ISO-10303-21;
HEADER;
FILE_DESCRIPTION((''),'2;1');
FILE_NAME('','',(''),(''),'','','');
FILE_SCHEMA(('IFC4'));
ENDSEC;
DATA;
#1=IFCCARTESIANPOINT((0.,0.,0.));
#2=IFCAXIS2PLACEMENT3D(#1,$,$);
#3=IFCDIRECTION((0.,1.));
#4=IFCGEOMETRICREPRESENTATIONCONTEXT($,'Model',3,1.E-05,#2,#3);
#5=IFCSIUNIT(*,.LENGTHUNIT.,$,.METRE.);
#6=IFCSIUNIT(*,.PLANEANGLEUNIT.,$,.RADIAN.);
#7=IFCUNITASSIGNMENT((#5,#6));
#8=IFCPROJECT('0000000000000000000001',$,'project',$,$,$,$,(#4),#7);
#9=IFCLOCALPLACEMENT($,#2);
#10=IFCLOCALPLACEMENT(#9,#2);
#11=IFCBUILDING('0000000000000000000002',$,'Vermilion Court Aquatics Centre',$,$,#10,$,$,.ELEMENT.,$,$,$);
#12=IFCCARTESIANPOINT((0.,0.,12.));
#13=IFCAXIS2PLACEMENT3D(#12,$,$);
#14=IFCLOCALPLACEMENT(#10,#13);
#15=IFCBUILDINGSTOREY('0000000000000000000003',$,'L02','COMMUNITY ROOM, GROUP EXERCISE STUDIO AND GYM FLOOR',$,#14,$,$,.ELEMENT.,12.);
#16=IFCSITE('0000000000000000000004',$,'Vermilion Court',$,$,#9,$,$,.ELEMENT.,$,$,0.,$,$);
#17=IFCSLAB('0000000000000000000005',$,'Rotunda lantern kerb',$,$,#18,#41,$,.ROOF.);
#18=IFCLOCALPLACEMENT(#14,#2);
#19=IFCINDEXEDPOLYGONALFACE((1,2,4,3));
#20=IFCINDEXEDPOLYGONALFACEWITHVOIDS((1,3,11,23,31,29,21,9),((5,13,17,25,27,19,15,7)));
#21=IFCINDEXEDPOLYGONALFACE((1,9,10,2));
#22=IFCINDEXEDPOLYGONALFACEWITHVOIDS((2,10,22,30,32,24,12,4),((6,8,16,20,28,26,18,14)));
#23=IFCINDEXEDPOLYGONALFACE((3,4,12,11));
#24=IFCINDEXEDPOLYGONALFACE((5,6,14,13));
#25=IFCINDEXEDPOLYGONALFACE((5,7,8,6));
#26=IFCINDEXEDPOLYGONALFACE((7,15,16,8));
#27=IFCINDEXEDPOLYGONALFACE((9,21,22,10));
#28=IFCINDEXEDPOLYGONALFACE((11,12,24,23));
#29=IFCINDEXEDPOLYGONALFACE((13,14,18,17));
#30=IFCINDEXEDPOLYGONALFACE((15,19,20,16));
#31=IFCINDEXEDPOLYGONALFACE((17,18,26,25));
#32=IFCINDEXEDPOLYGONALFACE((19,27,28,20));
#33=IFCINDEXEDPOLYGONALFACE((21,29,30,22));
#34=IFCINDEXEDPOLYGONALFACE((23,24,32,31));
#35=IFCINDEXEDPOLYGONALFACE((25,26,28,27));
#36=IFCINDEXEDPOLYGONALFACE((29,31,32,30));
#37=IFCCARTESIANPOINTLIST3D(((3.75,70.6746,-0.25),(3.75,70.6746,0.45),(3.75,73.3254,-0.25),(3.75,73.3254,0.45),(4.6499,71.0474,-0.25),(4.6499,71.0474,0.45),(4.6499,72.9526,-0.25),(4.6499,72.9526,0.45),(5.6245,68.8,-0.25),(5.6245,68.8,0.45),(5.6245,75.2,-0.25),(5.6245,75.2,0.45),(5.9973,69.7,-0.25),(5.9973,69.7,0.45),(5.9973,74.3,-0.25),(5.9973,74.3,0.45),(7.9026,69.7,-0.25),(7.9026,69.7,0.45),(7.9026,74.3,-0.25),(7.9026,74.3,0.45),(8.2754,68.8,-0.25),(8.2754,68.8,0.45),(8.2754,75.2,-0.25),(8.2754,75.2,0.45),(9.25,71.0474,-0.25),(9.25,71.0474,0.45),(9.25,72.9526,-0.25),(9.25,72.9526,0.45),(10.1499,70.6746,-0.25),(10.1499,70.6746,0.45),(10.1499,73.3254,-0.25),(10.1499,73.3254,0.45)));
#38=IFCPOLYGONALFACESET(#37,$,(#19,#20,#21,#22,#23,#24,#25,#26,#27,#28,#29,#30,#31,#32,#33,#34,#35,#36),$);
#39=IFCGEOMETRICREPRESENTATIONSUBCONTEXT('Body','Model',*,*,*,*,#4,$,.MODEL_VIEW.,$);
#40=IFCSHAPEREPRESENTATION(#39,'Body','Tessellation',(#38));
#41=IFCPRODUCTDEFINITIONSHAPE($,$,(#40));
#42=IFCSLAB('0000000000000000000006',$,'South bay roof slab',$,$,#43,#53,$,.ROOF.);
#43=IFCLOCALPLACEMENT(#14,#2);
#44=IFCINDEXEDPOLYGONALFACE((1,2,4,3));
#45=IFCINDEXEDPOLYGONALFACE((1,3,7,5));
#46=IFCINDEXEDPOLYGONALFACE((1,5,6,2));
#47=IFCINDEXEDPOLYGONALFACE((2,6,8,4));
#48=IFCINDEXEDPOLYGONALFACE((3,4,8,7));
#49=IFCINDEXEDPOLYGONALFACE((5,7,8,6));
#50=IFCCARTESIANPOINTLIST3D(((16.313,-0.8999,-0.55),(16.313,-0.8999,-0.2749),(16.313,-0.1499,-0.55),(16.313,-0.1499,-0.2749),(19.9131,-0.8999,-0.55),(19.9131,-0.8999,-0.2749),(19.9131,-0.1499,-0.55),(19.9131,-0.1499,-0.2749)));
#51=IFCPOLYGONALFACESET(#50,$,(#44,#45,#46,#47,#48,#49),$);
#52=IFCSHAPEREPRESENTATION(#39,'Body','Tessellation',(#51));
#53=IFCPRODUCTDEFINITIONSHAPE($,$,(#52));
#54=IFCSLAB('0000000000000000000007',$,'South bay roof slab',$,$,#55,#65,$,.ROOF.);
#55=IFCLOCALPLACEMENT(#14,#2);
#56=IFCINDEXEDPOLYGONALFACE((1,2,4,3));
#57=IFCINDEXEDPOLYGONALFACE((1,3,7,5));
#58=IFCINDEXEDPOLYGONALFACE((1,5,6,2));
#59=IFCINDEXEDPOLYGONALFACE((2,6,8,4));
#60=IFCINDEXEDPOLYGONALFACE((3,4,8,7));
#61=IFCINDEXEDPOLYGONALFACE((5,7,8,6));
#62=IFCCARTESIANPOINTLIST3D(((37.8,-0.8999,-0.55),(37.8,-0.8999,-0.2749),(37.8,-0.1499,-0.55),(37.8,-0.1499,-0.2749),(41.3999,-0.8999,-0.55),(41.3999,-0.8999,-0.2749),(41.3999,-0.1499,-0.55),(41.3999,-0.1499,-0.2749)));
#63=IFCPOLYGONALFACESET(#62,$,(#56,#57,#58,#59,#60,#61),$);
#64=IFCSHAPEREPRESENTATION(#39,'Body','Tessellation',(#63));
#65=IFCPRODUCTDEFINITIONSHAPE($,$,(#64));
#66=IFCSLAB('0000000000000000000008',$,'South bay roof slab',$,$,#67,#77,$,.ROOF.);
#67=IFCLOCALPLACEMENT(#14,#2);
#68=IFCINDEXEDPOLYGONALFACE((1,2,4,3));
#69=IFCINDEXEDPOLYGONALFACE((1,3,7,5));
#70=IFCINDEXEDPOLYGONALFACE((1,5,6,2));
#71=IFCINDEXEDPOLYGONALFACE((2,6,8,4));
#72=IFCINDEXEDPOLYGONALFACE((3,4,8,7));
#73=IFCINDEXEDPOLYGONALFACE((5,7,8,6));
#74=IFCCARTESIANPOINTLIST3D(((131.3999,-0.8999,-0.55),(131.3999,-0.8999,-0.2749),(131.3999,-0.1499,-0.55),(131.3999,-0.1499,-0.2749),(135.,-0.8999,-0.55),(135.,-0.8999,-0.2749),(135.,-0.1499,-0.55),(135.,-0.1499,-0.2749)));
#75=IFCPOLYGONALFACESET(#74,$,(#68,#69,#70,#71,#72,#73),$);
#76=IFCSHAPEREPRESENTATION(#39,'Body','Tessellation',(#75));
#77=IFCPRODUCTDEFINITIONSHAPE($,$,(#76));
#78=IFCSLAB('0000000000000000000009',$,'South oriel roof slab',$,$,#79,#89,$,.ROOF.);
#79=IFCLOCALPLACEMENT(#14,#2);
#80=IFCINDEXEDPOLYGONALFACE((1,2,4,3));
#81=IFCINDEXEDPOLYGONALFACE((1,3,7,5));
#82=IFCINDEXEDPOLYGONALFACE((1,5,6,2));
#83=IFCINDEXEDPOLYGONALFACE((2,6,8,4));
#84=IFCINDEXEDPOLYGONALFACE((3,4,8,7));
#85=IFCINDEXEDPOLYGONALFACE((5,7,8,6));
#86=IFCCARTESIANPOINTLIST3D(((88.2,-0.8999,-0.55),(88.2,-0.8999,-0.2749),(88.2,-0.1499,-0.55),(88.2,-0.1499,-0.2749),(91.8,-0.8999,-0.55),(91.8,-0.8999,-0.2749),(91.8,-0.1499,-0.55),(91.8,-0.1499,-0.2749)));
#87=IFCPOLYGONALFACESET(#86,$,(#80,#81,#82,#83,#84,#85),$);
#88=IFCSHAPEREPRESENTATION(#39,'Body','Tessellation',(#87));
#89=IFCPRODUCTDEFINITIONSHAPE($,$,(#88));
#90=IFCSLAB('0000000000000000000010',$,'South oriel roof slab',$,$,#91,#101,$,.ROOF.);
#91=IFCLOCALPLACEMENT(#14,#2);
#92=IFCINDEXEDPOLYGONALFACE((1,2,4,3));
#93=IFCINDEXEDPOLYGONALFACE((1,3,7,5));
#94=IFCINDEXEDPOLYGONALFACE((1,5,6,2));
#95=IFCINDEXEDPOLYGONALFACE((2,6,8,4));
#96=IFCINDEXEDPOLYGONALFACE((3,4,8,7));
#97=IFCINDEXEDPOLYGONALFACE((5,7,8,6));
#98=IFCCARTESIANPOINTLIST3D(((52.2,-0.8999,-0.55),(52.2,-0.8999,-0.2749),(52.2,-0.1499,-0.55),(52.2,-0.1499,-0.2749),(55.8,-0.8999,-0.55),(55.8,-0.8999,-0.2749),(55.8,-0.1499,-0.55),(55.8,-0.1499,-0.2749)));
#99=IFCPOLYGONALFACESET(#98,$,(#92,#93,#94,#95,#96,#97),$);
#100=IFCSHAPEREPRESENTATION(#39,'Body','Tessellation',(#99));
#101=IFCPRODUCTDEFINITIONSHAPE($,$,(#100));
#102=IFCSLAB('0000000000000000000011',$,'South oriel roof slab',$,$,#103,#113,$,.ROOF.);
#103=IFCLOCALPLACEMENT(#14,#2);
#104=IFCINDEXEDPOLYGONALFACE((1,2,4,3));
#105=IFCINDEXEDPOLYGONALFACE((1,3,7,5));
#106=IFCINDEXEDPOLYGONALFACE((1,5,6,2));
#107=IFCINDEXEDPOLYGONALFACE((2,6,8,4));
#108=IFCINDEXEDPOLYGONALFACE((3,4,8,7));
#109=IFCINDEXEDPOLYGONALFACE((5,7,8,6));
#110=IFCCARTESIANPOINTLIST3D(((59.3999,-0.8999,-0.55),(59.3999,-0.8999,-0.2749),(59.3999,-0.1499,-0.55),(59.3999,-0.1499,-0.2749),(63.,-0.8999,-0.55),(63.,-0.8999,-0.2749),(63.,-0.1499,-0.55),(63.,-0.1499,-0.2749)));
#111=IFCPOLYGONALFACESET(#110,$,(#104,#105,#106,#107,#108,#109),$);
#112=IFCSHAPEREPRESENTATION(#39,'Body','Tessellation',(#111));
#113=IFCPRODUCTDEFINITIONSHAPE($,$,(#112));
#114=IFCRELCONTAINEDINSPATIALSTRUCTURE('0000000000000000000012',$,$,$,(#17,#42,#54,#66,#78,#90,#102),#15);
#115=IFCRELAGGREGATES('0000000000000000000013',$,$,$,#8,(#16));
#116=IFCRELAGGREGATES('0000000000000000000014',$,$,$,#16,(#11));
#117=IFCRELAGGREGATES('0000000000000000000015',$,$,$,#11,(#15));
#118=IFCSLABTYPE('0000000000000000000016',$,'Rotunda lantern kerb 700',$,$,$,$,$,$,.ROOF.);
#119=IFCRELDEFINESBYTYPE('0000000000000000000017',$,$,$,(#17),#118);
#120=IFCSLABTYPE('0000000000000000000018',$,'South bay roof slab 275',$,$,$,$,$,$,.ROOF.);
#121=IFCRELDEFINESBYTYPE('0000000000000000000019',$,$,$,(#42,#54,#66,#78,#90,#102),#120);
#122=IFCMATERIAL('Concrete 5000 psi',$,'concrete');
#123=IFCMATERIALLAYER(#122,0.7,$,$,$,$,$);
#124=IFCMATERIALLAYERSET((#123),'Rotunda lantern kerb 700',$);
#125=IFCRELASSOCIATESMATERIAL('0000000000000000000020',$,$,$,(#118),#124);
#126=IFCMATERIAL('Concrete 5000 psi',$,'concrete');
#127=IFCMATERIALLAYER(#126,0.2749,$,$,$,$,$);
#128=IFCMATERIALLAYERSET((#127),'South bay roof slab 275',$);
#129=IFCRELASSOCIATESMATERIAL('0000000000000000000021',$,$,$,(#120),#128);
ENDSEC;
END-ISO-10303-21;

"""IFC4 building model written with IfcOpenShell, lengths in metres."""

from ifc_helpers import new_model, si_unit, direction, frame, origin, place, context, subcontext, project, spatial, polyline, outline, extrude, material, layer, layer_set, type_object, element, save


model = new_model("IFC4")

# Units and contexts
model_context = context("Model", 3, precision=1e-05, world=origin(), true_north=direction((0.0, 1.0)))
body_context = subcontext(model_context, "Body", "Model", "MODEL_VIEW")
ifc_project = project(units=[si_unit("LENGTHUNIT", "METRE"), si_unit("PLANEANGLEUNIT", "RADIAN")], contexts=[model_context])

# Site, building, storey
site_placement = place(None, origin())
site = spatial("IfcSite", under=ifc_project, at=site_placement, Name="Vermilion Court", CompositionType="ELEMENT", RefElevation=0.0)
building_placement = place(site_placement, origin())
building = spatial("IfcBuilding", under=site, at=building_placement, Name="Vermilion Court Aquatics Centre", CompositionType="ELEMENT")
storey_placement = place(building_placement, frame((0.0, 0.0, 12.0)))
storey = spatial("IfcBuildingStorey", under=building, at=storey_placement, Name="L02", Description="COMMUNITY ROOM, GROUP EXERCISE STUDIO AND GYM FLOOR", CompositionType="ELEMENT", Elevation=12.0)

# Slabs
ifc_material_1 = material(Name="Concrete 5000 psi", Category="concrete")
ifc_layer_1 = layer(ifc_material_1, 0.7)
ifc_layer_set_1 = layer_set([ifc_layer_1], Name="Rotunda lantern kerb 700")
slab_type_1 = type_object("IfcSlabType", Name="Rotunda lantern kerb 700", PredefinedType="ROOF", material=ifc_layer_set_1)
slab_1_placement = place(storey_placement, frame((0.0, 0.0, -0.25)))
element("IfcSlab", 1, at=slab_1_placement, inside=storey, type_object=slab_type_1, Name="Rotunda lantern kerb", PredefinedType="ROOF", context=body_context, shape_type="SweptSolid", body=[
    extrude(outline(polyline([(10.1499, 73.3254), (8.2754, 75.2), (5.6245, 75.2), (3.75, 73.3254), (3.75, 70.6746), (5.6245, 68.8), (8.2754, 68.8), (10.1499, 70.6746), (10.1499, 73.3254)]), holes=[polyline([(9.25, 72.9526), (7.9026, 74.3), (5.9973, 74.3), (4.6499, 72.9526), (4.6499, 71.0474), (5.9973, 69.7), (7.9026, 69.7), (9.25, 71.0474), (9.25, 72.9526)])]), origin(), (0.0, 0.0, 1.0), 0.7),
])
ifc_material_2 = material(Name="Concrete 5000 psi", Category="concrete")
ifc_layer_2 = layer(ifc_material_2, 0.2749)
ifc_layer_set_2 = layer_set([ifc_layer_2], Name="South bay roof slab 275")
slab_type_2 = type_object("IfcSlabType", Name="South bay roof slab 275", PredefinedType="ROOF", material=ifc_layer_set_2)
slab_2_placement = place(storey_placement, frame((0.0, 0.0, -0.55)))
element("IfcSlab", 2, at=slab_2_placement, inside=storey, type_object=slab_type_2, Name="South bay roof slab", PredefinedType="ROOF", context=body_context, shape_type="SweptSolid", body=[
    extrude(outline(polyline([(16.313, -0.8999), (19.9131, -0.8999), (19.9131, -0.1499), (16.313, -0.1499), (16.313, -0.8999)])), origin(), (0.0, 0.0, 1.0), 0.2751),
])
slab_3_placement = place(storey_placement, frame((0.0, 0.0, -0.55)))
element("IfcSlab", 3, at=slab_3_placement, inside=storey, type_object=slab_type_2, Name="South bay roof slab", PredefinedType="ROOF", context=body_context, shape_type="SweptSolid", body=[
    extrude(outline(polyline([(37.8, -0.8999), (41.3999, -0.8999), (41.3999, -0.1499), (37.8, -0.1499), (37.8, -0.8999)])), origin(), (0.0, 0.0, 1.0), 0.2751),
])
slab_4_placement = place(storey_placement, frame((0.0, 0.0, -0.55)))
element("IfcSlab", 4, at=slab_4_placement, inside=storey, type_object=slab_type_2, Name="South bay roof slab", PredefinedType="ROOF", context=body_context, shape_type="SweptSolid", body=[
    extrude(outline(polyline([(131.3999, -0.8999), (135.0, -0.8999), (135.0, -0.1499), (131.3999, -0.1499), (131.3999, -0.8999)])), origin(), (0.0, 0.0, 1.0), 0.2751),
])
slab_5_placement = place(storey_placement, frame((0.0, 0.0, -0.55)))
element("IfcSlab", 5, at=slab_5_placement, inside=storey, type_object=slab_type_2, Name="South oriel roof slab", PredefinedType="ROOF", context=body_context, shape_type="SweptSolid", body=[
    extrude(outline(polyline([(88.2, -0.8999), (91.8, -0.8999), (91.8, -0.1499), (88.2, -0.1499), (88.2, -0.8999)])), origin(), (0.0, 0.0, 1.0), 0.2751),
])
slab_6_placement = place(storey_placement, frame((0.0, 0.0, -0.55)))
element("IfcSlab", 6, at=slab_6_placement, inside=storey, type_object=slab_type_2, Name="South oriel roof slab", PredefinedType="ROOF", context=body_context, shape_type="SweptSolid", body=[
    extrude(outline(polyline([(52.2, -0.8999), (55.8, -0.8999), (55.8, -0.1499), (52.2, -0.1499), (52.2, -0.8999)])), origin(), (0.0, 0.0, 1.0), 0.2751),
])
slab_7_placement = place(storey_placement, frame((0.0, 0.0, -0.55)))
element("IfcSlab", 7, at=slab_7_placement, inside=storey, type_object=slab_type_2, Name="South oriel roof slab", PredefinedType="ROOF", context=body_context, shape_type="SweptSolid", body=[
    extrude(outline(polyline([(59.3999, -0.8999), (63.0, -0.8999), (63.0, -0.1499), (59.3999, -0.1499), (59.3999, -0.8999)])), origin(), (0.0, 0.0, 1.0), 0.2751),
])

save(model, "model.ifc")
